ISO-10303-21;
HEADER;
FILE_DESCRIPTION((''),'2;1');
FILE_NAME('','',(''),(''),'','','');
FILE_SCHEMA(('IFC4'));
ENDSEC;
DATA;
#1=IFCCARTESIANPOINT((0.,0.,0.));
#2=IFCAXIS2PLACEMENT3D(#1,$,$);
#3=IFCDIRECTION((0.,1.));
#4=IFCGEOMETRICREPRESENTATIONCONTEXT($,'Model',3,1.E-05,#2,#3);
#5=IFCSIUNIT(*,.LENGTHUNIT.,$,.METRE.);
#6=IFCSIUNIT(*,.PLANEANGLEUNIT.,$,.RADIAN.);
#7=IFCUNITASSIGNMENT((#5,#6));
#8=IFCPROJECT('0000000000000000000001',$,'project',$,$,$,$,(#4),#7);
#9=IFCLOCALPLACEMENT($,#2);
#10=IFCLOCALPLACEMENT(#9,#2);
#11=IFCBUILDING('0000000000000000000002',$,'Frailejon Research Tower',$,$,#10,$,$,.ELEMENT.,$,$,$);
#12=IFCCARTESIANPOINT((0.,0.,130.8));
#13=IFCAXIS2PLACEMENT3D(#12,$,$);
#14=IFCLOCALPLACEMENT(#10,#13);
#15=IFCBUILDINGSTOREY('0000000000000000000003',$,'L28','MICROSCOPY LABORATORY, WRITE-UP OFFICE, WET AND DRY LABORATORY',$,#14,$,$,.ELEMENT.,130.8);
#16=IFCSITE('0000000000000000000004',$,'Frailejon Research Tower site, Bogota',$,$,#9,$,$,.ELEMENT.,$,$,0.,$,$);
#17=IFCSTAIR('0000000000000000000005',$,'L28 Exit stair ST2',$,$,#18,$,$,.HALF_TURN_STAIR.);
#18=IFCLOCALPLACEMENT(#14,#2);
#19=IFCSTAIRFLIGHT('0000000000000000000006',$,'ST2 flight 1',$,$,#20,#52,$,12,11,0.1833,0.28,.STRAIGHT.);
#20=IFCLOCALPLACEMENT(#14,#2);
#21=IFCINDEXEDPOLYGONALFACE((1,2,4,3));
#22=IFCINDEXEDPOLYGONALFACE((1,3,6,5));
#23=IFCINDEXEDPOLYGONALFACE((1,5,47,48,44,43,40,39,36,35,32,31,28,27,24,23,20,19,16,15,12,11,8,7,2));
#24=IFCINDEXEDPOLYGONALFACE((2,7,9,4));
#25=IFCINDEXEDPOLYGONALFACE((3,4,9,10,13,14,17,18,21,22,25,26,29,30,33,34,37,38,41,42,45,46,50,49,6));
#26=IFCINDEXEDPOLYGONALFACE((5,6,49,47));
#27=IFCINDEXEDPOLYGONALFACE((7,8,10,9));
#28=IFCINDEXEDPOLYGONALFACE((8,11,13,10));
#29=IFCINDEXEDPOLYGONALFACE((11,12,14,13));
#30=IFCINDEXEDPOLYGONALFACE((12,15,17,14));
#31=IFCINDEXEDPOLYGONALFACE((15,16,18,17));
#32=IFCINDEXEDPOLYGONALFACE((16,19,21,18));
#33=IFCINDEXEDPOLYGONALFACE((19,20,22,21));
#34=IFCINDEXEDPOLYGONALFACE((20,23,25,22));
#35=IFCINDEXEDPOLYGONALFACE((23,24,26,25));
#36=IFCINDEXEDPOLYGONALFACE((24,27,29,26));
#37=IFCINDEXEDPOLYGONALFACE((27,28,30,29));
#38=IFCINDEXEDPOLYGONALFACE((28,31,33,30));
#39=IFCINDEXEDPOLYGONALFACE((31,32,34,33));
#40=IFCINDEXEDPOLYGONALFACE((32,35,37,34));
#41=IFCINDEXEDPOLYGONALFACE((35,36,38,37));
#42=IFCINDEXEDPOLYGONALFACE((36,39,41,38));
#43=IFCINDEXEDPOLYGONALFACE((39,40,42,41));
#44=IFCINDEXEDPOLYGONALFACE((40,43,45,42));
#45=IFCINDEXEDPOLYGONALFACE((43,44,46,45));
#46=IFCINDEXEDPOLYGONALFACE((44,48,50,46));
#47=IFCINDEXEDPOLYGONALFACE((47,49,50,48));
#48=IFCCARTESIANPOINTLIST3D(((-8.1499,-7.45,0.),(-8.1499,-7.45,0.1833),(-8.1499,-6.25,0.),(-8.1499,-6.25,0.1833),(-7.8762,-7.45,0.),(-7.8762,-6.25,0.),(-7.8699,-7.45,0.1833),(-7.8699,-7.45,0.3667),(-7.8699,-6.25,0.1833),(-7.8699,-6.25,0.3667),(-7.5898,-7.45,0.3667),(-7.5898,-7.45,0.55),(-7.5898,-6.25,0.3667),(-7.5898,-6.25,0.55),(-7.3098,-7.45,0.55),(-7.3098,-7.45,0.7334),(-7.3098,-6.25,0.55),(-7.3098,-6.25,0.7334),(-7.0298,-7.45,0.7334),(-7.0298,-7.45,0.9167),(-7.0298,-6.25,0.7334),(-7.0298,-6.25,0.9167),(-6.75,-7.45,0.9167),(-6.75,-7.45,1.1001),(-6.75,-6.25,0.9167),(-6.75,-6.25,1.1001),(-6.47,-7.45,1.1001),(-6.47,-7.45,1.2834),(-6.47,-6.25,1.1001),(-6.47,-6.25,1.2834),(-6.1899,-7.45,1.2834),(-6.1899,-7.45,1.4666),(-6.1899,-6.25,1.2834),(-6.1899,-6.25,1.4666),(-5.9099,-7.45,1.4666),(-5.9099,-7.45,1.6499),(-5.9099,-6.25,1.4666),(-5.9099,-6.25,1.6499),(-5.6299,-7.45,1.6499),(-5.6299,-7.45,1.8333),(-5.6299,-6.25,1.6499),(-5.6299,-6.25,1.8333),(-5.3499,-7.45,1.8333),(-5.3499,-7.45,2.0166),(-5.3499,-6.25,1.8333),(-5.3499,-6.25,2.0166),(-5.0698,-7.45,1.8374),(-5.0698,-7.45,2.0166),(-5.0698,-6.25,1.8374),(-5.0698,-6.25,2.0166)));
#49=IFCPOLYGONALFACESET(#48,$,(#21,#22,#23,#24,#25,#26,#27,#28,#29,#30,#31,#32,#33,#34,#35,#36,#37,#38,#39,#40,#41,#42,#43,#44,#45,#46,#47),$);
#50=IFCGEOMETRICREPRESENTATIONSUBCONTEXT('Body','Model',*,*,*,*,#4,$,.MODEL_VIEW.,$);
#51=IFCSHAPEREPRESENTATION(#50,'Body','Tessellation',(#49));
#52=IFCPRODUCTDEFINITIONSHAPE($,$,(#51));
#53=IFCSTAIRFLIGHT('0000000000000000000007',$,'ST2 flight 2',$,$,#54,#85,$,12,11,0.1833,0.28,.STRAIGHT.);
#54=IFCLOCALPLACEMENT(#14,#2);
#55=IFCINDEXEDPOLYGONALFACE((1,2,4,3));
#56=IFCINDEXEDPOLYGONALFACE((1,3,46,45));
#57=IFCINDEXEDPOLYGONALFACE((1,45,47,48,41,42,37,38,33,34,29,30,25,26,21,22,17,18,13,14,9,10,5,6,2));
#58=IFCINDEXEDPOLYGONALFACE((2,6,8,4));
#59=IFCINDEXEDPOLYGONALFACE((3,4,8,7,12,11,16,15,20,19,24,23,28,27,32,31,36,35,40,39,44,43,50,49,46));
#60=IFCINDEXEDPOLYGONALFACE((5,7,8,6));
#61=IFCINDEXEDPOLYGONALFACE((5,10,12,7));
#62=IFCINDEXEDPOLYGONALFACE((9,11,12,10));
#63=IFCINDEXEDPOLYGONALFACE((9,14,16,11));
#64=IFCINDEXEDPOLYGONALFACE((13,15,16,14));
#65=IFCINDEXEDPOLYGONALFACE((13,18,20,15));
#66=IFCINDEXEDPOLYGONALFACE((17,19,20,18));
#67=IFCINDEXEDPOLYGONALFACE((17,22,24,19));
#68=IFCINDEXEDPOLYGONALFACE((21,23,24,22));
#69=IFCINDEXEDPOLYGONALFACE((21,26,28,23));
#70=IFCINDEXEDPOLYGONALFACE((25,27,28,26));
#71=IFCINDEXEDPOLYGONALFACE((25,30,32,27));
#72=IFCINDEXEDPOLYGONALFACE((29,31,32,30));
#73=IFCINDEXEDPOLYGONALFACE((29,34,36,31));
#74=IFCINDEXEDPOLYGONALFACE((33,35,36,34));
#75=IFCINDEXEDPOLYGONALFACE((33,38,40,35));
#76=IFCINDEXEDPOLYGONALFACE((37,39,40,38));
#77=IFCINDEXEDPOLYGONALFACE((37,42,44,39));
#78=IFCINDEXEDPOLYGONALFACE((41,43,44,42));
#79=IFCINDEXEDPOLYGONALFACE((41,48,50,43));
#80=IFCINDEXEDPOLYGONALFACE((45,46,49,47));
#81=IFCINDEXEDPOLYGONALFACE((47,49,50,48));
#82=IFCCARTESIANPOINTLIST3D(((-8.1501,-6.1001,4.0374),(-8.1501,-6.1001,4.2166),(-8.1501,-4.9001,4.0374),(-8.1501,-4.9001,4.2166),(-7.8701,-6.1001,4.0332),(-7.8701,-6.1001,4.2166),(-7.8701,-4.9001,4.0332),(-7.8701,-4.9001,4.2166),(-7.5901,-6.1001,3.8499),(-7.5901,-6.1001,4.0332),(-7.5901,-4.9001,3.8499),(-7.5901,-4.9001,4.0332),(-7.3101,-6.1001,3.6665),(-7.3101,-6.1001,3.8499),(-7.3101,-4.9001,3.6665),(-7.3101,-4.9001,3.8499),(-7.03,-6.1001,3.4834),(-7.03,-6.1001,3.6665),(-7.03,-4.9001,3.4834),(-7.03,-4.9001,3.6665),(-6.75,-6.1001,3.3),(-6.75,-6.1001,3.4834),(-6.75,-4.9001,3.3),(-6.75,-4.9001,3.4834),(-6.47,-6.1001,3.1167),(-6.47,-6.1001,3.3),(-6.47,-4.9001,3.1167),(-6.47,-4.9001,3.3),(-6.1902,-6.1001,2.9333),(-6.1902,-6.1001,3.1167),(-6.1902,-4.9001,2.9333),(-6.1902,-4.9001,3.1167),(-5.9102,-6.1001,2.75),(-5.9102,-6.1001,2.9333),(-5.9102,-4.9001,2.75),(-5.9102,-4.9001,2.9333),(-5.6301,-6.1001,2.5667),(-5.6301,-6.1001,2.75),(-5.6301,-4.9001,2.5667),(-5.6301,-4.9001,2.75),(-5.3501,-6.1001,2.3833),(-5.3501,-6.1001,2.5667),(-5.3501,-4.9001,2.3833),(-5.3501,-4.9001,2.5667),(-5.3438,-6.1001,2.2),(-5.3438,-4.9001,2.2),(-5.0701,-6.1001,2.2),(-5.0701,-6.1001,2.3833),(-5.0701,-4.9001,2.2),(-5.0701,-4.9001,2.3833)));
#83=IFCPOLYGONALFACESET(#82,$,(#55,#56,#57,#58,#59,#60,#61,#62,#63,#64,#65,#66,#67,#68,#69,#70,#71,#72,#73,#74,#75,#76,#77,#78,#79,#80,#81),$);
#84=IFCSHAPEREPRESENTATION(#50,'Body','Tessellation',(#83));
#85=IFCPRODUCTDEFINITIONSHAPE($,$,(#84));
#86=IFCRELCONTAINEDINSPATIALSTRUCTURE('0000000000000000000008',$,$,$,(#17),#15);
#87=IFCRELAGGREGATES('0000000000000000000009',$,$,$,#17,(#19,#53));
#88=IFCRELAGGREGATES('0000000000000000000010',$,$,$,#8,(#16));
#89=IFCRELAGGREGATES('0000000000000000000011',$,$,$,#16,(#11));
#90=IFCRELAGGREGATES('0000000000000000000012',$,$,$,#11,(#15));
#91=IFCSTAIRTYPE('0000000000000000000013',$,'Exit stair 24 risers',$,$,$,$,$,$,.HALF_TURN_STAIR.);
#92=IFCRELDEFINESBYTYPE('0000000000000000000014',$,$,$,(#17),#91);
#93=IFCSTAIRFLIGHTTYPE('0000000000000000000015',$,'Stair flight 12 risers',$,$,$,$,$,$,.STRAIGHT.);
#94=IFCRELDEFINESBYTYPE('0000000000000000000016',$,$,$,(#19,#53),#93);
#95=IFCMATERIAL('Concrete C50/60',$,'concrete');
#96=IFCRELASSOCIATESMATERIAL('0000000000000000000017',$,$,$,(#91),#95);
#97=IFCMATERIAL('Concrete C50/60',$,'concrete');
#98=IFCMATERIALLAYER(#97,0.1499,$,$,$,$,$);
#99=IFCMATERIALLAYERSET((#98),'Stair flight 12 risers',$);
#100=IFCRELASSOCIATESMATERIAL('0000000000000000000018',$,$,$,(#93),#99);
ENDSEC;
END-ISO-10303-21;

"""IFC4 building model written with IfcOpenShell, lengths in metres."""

from ifc_helpers import new_model, si_unit, direction, frame, origin, place, context, subcontext, project, spatial, polyline, outline, extrude, material, layer, layer_set, type_object, element, aggregate, save


model = new_model("IFC4")

# Units and contexts
model_context = context("Model", 3, precision=1e-05, world=origin(), true_north=direction((0.0, 1.0)))
body_context = subcontext(model_context, "Body", "Model", "MODEL_VIEW")
ifc_project = project(units=[si_unit("LENGTHUNIT", "METRE"), si_unit("PLANEANGLEUNIT", "RADIAN")], contexts=[model_context])

# Site, building, storey
site_placement = place(None, origin())
site = spatial("IfcSite", under=ifc_project, at=site_placement, Name="Frailejon Research Tower site, Bogota", CompositionType="ELEMENT", RefElevation=0.0)
building_placement = place(site_placement, origin())
building = spatial("IfcBuilding", under=site, at=building_placement, Name="Frailejon Research Tower", CompositionType="ELEMENT")
storey_placement = place(building_placement, frame((0.0, 0.0, 130.8)))
storey = spatial("IfcBuildingStorey", under=building, at=storey_placement, Name="L28", Description="MICROSCOPY LABORATORY, WRITE-UP OFFICE, WET AND DRY LABORATORY", CompositionType="ELEMENT", Elevation=130.8)

# Stair, stair flights
ifc_material_1 = material(Name="Concrete C50/60", Category="concrete")
stair_type = type_object("IfcStairType", Name="Exit stair 24 risers", PredefinedType="HALF_TURN_STAIR", material=ifc_material_1)
stair_placement = place(storey_placement, origin())
stair = element("IfcStair", 1, at=stair_placement, inside=storey, type_object=stair_type, Name="L28 Exit stair ST2", PredefinedType="HALF_TURN_STAIR")
ifc_material_2 = material(Name="Concrete C50/60", Category="concrete")
ifc_layer_1 = layer(ifc_material_2, 0.1499)
ifc_layer_set_1 = layer_set([ifc_layer_1], Name="Stair flight 12 risers")
stair_flight_type = type_object("IfcStairFlightType", Name="Stair flight 12 risers", PredefinedType="STRAIGHT", material=ifc_layer_set_1)
stair_flight_1_placement = place(storey_placement, frame((-8.1499, -6.8501, 0.0), z_axis=(0.0, 0.0, 1.0), x_axis=(1.0, 0.0, 0.0)))
stair_flight_1 = element("IfcStairFlight", 2, at=stair_flight_1_placement, type_object=stair_flight_type, Name="ST2 flight 1", NumberOfRisers=12, NumberOfTreads=11, PredefinedType="STRAIGHT", RiserHeight=0.1833, TreadLength=0.28, context=body_context, shape_type="SweptSolid", body=[
    extrude(outline(polyline([(0.0, 0.0), (0.0, 0.1833), (0.28, 0.1833), (0.28, 0.3667), (0.5601, 0.3667), (0.5601, 0.55), (0.8401, 0.55), (0.8401, 0.7334), (1.1201, 0.7334), (1.1201, 0.9167), (1.3999, 0.9167), (1.3999, 1.1001), (1.6799, 1.1001), (1.6799, 1.2834), (1.96, 1.2834), (1.96, 1.4666), (2.24, 1.4666), (2.24, 1.6499), (2.52, 1.6499), (2.52, 1.8333), (2.8, 1.8333), (2.8, 2.0166), (3.0801, 2.0166), (3.0801, 2.2), (3.0801, 1.8374), (0.2737, 0.0), (0.0, 0.0)])), frame((0.0, 0.6001, 0.0), z_axis=(0.0, -1.0, 0.0), x_axis=(1.0, 0.0, 0.0)), (0.0, 0.0, 1.0), 1.2),
])
stair_flight_2_placement = place(storey_placement, frame((-5.0701, -5.5, 2.2), z_axis=(0.0, 0.0, 1.0), x_axis=(-1.0, 0.0, 0.0)))
stair_flight_2 = element("IfcStairFlight", 3, at=stair_flight_2_placement, type_object=stair_flight_type, Name="ST2 flight 2", NumberOfRisers=12, NumberOfTreads=11, PredefinedType="STRAIGHT", RiserHeight=0.1833, TreadLength=0.28, context=body_context, shape_type="SweptSolid", body=[
    extrude(outline(polyline([(0.0, 0.0), (0.0, 0.1833), (0.28, 0.1833), (0.28, 0.3667), (0.5601, 0.3667), (0.5601, 0.55), (0.8401, 0.55), (0.8401, 0.7334), (1.1201, 0.7334), (1.1201, 0.9167), (1.3999, 0.9167), (1.3999, 1.1001), (1.6799, 1.1001), (1.6799, 1.2834), (1.96, 1.2834), (1.96, 1.4666), (2.24, 1.4666), (2.24, 1.6499), (2.52, 1.6499), (2.52, 1.8333), (2.8, 1.8333), (2.8, 2.0166), (3.0801, 2.0166), (3.0801, 2.2), (3.0801, 1.8374), (0.2737, 0.0), (0.0, 0.0)])), frame((0.0, 0.6001, 0.0), z_axis=(0.0, -1.0, 0.0), x_axis=(1.0, 0.0, 0.0)), (0.0, 0.0, 1.0), 1.2),
])
aggregate(stair, [stair_flight_1, stair_flight_2])

save(model, "model.ifc")
